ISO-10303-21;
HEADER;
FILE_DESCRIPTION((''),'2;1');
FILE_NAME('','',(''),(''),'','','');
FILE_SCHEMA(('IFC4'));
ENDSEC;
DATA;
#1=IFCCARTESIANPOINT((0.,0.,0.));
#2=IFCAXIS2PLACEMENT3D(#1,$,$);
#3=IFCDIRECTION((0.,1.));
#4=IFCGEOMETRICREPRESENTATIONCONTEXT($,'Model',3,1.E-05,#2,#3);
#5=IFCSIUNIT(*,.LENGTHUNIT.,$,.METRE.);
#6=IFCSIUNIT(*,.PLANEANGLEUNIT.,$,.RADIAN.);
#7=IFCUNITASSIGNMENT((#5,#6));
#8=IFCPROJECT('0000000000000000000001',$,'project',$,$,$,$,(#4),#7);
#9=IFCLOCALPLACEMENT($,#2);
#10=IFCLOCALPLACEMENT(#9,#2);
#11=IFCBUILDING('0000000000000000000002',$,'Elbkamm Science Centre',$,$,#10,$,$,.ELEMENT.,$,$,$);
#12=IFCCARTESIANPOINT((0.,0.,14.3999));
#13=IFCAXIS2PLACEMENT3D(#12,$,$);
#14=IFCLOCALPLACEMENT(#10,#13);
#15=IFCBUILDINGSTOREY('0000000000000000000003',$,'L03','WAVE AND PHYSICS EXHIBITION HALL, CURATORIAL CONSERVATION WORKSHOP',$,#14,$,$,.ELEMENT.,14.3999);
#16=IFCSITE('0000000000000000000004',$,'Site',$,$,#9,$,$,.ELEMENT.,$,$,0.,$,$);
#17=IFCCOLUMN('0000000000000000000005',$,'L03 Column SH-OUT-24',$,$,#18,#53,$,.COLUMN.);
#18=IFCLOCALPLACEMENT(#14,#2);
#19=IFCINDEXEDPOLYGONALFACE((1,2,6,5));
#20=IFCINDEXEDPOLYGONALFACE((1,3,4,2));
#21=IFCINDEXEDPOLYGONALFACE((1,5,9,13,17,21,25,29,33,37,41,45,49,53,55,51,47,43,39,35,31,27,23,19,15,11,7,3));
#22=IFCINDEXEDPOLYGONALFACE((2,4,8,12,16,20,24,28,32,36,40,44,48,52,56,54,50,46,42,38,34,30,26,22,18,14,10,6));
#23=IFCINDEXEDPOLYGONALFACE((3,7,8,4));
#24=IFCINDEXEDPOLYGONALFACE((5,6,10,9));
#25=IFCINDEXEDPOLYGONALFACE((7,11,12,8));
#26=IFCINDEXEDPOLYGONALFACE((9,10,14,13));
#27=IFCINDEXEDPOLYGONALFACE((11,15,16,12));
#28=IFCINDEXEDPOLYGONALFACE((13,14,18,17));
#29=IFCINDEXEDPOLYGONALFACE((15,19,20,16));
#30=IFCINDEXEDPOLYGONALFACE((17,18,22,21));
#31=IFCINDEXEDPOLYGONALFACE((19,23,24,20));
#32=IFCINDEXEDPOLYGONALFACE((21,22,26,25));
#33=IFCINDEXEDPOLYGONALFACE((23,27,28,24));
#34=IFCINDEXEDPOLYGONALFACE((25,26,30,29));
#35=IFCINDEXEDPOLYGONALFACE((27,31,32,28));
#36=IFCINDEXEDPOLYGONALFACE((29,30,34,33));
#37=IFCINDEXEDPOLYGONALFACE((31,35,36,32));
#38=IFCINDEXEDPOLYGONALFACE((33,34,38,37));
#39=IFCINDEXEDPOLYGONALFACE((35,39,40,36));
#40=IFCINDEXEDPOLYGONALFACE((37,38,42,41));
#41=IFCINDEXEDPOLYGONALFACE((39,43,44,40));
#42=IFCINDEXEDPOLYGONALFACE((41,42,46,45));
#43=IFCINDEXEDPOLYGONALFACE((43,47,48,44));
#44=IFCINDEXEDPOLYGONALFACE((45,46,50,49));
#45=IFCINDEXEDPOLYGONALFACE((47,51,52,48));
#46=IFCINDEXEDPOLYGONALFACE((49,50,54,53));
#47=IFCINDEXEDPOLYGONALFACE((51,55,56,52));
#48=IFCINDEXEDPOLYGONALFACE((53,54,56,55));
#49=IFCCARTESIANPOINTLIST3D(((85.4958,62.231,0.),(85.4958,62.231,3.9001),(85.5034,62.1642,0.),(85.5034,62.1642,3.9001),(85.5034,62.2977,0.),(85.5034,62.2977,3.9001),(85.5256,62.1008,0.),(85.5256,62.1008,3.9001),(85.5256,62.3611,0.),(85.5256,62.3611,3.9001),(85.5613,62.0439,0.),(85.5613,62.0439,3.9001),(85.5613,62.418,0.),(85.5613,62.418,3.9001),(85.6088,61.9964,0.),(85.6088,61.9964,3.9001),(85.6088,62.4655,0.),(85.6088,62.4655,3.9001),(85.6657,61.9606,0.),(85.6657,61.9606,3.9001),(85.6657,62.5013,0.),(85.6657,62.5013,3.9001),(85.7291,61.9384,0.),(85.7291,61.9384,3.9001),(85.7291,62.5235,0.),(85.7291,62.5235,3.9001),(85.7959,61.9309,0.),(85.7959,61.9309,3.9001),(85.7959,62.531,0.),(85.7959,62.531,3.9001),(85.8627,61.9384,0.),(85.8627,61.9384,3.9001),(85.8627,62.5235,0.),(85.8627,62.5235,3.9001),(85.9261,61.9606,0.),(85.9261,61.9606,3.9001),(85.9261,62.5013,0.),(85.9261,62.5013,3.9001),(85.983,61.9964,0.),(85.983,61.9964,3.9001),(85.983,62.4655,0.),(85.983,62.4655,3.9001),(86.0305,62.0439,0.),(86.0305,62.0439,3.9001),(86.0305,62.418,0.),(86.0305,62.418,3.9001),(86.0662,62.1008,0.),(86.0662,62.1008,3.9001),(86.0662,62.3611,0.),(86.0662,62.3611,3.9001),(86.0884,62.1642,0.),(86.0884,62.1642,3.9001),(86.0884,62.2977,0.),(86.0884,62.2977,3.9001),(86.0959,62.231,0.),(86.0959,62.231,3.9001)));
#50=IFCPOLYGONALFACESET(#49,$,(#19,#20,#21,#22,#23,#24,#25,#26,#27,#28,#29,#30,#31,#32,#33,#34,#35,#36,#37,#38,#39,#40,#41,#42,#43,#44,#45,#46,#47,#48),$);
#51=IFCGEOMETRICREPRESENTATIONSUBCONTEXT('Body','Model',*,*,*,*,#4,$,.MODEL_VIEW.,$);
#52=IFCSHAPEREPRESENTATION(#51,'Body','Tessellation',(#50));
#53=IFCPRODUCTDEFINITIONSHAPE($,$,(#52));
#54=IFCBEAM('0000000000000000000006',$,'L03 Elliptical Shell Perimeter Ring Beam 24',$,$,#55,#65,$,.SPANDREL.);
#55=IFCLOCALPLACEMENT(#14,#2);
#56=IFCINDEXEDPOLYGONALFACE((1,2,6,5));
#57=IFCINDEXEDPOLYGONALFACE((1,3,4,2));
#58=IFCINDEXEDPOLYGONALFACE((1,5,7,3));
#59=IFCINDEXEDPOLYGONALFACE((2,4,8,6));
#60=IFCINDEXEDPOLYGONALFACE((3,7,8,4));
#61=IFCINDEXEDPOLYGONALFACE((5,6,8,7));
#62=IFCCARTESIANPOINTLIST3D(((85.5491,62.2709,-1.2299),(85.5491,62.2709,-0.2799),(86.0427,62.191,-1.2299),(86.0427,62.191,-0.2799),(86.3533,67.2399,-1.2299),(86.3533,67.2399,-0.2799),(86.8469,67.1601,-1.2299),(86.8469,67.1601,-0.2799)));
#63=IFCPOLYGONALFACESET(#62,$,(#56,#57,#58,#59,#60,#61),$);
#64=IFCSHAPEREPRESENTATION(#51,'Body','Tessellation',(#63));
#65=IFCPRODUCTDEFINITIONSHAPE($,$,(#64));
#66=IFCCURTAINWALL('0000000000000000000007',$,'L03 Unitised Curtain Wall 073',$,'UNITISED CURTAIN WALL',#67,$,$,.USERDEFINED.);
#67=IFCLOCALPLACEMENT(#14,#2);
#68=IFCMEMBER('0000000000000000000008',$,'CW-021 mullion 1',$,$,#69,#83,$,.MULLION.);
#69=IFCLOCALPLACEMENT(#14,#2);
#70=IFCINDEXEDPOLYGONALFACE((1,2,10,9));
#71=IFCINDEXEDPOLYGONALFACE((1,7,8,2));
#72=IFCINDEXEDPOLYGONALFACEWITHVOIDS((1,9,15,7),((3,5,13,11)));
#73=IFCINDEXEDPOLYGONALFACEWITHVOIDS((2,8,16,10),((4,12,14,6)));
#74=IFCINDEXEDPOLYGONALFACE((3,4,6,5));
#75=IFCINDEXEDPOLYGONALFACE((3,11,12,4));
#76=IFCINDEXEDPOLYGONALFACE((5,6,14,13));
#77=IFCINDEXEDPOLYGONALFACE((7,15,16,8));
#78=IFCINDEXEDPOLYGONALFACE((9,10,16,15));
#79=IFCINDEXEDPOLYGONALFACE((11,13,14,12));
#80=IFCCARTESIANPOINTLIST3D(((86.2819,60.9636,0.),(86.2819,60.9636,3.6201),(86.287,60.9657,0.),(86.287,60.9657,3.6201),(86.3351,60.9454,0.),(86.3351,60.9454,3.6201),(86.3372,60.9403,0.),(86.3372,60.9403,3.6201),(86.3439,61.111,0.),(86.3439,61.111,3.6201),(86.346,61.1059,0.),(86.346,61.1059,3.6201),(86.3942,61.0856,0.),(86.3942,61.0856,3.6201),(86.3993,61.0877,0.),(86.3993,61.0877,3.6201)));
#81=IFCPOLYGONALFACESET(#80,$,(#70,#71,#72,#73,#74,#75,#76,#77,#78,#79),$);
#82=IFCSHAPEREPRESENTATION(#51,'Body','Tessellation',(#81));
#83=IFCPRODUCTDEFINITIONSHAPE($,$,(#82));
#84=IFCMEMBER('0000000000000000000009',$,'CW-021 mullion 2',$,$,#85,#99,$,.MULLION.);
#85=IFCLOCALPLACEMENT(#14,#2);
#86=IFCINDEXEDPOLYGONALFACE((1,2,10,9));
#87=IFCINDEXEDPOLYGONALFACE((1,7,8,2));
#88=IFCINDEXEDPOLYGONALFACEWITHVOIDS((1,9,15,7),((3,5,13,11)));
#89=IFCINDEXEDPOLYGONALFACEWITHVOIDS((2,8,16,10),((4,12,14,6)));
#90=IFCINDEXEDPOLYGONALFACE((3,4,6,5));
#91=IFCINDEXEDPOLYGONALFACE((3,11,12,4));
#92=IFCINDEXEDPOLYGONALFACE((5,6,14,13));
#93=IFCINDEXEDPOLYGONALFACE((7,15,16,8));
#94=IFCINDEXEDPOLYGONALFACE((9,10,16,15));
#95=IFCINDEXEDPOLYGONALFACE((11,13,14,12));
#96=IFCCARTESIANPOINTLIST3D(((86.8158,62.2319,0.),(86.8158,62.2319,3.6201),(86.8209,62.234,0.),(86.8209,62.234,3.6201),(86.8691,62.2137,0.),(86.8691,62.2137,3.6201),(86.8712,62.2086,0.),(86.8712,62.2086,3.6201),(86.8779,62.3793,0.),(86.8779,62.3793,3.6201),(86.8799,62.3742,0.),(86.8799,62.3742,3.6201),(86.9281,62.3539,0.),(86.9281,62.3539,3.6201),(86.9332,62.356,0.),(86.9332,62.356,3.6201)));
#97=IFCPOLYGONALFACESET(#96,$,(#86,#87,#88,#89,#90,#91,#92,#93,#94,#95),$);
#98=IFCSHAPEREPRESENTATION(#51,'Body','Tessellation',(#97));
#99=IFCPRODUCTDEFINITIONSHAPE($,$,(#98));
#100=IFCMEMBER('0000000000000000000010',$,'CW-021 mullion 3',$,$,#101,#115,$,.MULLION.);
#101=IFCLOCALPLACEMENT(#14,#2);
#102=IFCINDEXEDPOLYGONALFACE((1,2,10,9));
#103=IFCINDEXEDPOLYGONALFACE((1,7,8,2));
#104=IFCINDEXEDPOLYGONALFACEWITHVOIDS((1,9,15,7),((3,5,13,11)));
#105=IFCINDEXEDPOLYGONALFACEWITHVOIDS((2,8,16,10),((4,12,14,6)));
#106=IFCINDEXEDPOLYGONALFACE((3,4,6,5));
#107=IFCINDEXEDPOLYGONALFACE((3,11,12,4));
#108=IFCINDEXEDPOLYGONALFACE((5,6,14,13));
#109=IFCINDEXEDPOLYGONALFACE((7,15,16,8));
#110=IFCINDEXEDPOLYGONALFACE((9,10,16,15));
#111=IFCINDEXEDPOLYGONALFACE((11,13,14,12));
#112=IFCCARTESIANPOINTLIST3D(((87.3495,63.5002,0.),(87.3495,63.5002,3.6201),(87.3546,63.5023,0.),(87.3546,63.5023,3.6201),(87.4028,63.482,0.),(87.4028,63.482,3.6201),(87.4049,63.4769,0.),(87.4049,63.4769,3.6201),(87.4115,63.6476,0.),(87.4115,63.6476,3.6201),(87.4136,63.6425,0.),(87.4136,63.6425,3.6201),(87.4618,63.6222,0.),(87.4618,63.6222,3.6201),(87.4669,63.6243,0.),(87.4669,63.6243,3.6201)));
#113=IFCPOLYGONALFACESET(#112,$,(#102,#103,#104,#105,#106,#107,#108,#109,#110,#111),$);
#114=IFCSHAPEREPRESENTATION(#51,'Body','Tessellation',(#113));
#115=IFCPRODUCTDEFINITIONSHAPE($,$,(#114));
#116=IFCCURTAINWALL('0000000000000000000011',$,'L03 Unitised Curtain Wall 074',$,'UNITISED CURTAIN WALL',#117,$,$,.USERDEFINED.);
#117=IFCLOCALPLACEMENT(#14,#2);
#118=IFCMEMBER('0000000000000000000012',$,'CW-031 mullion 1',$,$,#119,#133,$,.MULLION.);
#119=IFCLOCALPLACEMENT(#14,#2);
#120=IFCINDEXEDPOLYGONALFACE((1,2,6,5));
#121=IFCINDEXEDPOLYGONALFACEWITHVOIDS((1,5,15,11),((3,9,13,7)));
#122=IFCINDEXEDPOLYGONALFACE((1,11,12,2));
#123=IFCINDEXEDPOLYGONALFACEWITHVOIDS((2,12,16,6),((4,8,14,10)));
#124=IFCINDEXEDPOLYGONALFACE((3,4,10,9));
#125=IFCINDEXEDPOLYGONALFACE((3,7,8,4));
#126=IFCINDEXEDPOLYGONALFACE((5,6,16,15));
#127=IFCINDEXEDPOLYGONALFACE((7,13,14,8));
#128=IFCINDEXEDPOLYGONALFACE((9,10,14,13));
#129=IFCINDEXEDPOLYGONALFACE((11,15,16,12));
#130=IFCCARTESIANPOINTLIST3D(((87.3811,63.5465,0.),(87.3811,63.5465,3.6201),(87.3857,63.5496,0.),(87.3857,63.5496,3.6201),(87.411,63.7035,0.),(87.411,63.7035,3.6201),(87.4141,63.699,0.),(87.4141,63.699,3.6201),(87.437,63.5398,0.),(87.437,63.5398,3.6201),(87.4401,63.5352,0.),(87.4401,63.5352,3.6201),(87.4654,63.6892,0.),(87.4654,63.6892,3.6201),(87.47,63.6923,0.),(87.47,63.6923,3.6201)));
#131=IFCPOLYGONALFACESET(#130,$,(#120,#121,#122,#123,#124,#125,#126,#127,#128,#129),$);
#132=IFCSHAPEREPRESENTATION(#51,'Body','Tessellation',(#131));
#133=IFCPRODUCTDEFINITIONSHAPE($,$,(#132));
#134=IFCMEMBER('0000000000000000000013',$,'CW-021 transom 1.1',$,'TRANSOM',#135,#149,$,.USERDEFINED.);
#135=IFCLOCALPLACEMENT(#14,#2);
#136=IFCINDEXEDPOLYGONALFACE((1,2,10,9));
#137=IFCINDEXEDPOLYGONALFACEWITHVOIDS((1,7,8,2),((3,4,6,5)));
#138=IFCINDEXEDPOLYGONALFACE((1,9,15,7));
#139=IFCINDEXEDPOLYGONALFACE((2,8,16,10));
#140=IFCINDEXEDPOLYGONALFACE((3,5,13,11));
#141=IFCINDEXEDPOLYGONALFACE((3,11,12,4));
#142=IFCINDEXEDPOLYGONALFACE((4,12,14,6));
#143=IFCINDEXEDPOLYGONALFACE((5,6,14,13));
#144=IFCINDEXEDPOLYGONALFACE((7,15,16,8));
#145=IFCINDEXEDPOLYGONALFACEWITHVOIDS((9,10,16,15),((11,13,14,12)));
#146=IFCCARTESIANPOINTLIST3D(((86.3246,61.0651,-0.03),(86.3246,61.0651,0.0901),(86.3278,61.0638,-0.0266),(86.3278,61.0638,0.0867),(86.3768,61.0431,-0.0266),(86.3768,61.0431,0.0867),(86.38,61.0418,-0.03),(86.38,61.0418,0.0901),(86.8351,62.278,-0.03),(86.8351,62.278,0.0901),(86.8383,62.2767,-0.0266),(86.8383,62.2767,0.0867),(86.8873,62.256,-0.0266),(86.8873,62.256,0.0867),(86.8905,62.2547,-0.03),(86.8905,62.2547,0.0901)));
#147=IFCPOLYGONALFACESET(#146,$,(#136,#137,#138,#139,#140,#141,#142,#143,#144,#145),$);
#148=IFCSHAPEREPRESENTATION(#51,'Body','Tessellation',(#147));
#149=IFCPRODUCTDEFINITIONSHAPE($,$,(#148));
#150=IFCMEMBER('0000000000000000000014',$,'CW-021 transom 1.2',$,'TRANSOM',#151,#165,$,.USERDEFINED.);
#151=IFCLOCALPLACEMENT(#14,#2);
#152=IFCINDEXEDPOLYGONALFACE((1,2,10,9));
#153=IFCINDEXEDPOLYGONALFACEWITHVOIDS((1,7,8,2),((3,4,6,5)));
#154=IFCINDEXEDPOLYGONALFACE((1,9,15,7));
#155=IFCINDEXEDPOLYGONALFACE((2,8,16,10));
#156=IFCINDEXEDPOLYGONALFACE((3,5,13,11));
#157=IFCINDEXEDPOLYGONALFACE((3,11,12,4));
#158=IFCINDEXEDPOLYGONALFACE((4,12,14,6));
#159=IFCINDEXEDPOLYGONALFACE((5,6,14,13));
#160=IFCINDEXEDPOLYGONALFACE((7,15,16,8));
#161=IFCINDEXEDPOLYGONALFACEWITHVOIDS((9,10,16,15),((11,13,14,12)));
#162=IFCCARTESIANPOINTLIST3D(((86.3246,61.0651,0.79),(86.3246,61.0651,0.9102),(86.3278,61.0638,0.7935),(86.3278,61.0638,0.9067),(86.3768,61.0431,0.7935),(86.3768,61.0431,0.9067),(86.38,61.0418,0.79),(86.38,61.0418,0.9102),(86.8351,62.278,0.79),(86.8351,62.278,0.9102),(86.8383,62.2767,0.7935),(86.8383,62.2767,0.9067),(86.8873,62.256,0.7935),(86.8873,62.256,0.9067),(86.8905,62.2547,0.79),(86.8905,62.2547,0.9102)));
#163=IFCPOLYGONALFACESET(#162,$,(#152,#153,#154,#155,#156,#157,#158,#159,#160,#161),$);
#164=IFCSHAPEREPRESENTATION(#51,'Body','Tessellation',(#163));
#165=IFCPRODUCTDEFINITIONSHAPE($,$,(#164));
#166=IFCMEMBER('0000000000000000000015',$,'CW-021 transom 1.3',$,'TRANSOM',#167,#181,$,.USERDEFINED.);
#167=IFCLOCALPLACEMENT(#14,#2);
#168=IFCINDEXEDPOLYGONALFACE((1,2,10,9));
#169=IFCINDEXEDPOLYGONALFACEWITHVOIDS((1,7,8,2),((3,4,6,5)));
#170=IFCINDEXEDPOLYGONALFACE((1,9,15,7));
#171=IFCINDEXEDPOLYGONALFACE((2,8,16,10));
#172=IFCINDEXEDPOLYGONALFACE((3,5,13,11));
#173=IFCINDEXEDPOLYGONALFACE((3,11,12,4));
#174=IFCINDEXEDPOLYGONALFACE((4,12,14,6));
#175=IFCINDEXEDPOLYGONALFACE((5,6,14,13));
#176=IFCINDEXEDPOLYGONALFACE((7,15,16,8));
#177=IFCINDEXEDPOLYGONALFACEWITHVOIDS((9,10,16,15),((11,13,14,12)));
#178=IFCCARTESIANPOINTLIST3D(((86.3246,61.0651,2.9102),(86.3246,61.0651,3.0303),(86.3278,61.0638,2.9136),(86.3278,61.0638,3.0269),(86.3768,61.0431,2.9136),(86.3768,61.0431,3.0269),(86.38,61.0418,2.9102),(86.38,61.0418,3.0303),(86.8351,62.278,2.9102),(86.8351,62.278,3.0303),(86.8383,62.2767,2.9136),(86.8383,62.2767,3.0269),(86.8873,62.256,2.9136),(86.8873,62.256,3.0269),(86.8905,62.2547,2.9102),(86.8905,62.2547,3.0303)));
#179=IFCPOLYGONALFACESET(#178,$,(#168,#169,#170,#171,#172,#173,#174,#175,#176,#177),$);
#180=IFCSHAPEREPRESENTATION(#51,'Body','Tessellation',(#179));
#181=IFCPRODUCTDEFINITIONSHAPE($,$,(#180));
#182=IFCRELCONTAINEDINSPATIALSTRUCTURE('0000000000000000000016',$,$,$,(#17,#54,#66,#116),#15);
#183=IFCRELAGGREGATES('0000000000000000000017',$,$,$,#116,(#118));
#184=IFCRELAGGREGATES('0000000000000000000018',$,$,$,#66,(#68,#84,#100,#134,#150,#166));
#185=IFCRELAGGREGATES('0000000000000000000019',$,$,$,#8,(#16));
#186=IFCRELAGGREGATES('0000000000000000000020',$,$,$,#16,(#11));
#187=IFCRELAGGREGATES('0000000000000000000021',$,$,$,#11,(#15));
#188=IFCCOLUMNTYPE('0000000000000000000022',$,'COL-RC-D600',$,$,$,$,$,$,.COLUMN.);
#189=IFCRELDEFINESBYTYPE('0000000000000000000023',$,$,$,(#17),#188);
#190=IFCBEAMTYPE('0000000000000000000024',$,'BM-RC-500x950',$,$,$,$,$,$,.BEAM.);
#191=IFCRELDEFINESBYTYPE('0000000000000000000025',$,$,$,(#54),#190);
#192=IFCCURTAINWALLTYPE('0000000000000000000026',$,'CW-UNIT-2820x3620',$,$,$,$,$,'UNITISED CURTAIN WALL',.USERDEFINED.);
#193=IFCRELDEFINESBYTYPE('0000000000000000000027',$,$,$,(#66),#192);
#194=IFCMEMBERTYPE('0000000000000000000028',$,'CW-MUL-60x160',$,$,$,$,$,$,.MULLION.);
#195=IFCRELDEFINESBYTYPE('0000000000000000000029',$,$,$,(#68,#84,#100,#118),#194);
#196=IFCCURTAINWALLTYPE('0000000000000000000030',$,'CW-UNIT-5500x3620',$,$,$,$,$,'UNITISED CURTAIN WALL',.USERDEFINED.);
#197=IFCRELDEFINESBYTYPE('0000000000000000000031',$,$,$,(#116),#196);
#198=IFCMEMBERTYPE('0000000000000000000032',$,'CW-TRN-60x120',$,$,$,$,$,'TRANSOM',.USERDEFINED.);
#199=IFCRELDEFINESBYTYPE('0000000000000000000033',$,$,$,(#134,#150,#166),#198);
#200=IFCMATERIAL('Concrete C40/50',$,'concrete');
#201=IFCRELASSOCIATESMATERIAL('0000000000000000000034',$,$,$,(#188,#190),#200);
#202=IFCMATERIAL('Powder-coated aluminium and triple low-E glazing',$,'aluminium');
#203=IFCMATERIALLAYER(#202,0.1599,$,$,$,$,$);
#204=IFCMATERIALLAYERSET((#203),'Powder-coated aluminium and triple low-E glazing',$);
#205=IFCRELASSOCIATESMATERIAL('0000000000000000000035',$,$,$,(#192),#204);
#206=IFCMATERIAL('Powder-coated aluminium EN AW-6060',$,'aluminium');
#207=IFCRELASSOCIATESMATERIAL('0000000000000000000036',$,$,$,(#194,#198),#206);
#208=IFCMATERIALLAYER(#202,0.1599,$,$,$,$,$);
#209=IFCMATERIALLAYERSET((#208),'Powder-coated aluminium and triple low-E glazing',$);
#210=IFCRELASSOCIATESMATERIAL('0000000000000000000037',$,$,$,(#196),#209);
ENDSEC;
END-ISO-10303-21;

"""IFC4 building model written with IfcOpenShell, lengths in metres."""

from ifc_helpers import new_model, si_unit, direction, frame, origin, origin_2d, place, context, subcontext, project, spatial, rectangle, hollow_rectangle, circle, extrude, material, layer, layer_set, material_profile, profile_set, type_object, element, aggregate, save


model = new_model("IFC4")

# Units and contexts
model_context = context("Model", 3, precision=1e-05, world=origin(), true_north=direction((0.0, 1.0)))
body_context = subcontext(model_context, "Body", "Model", "MODEL_VIEW")
ifc_project = project(units=[si_unit("LENGTHUNIT", "METRE"), si_unit("PLANEANGLEUNIT", "RADIAN")], contexts=[model_context])

# Site, building, storey
site_placement = place(None, origin())
site = spatial("IfcSite", under=ifc_project, at=site_placement, Name="Site", CompositionType="ELEMENT", RefElevation=0.0)
building_placement = place(site_placement, origin())
building = spatial("IfcBuilding", under=site, at=building_placement, Name="Elbkamm Science Centre", CompositionType="ELEMENT")
storey_placement = place(building_placement, frame((0.0, 0.0, 14.3999)))
storey = spatial("IfcBuildingStorey", under=building, at=storey_placement, Name="L03", Description="WAVE AND PHYSICS EXHIBITION HALL, CURATORIAL CONSERVATION WORKSHOP", CompositionType="ELEMENT", Elevation=14.3999)

# Column
ifc_material_1 = material(Name="Concrete C40/50", Category="concrete")
ifc_material_profile_1 = material_profile(ifc_material_1, circle(Radius=0.3, at=origin_2d()), Name="RC D600")
ifc_profile_set_1 = profile_set([ifc_material_profile_1], Name="Concrete C40/50")
column_type = type_object("IfcColumnType", Name="COL-RC-D600", PredefinedType="COLUMN", material=ifc_profile_set_1)
column_placement = place(storey_placement, frame((85.7959, 62.231, 0.0), z_axis=(0.0, 0.0, 1.0), x_axis=(1.0, 0.0, 0.0)))
element("IfcColumn", 1, at=column_placement, inside=storey, type_object=column_type, Name="L03 Column SH-OUT-24", PredefinedType="COLUMN", context=body_context, shape_type="SweptSolid", body=[
    extrude(circle(Radius=0.3, at=origin_2d()), origin(), (0.0, 0.0, 1.0), 3.9001),
])

# Beam
ifc_material_profile_2 = material_profile(ifc_material_1, rectangle(XDim=0.5, YDim=0.95, at=origin_2d()), Name="RC 500x950")
ifc_profile_set_2 = profile_set([ifc_material_profile_2], Name="Concrete C40/50")
beam_type = type_object("IfcBeamType", Name="BM-RC-500x950", PredefinedType="BEAM", material=ifc_profile_set_2)
beam_placement = place(storey_placement, frame((85.7959, 62.231, -0.7549), z_axis=(0.159765, 0.987155, 0.0), x_axis=(-0.987155, 0.159765, 0.0)))
element("IfcBeam", 2, at=beam_placement, inside=storey, type_object=beam_type, Name="L03 Elliptical Shell Perimeter Ring Beam 24", PredefinedType="SPANDREL", context=body_context, shape_type="SweptSolid", body=[
    extrude(rectangle(XDim=0.5, YDim=0.95, at=origin_2d()), origin(), (0.0, 0.0, 1.0), 5.0337),
])

# Curtain wall, members
ifc_material_2 = material(Name="Powder-coated aluminium and triple low-E glazing", Category="aluminium")
ifc_layer_1 = layer(ifc_material_2, 0.1599)
ifc_layer_set_1 = layer_set([ifc_layer_1], Name="Powder-coated aluminium and triple low-E glazing")
curtain_wall_type_1 = type_object("IfcCurtainWallType", Name="CW-UNIT-2820x3620", ElementType="UNITISED CURTAIN WALL", PredefinedType="USERDEFINED", material=ifc_layer_set_1)
curtain_wall_1_placement = place(storey_placement, origin())
curtain_wall_1 = element("IfcCurtainWall", 3, at=curtain_wall_1_placement, inside=storey, type_object=curtain_wall_type_1, Name="L03 Unitised Curtain Wall 073", ObjectType="UNITISED CURTAIN WALL", PredefinedType="USERDEFINED")
ifc_material_3 = material(Name="Powder-coated aluminium EN AW-6060", Category="aluminium")
ifc_material_profile_3 = material_profile(ifc_material_3, hollow_rectangle(XDim=0.0601, YDim=0.1599, WallThickness=0.0039, at=origin_2d()), Name="ALU M60x160")
ifc_profile_set_3 = profile_set([ifc_material_profile_3], Name="Powder-coated aluminium EN AW-6060")
member_type_1 = type_object("IfcMemberType", Name="CW-MUL-60x160", PredefinedType="MULLION", material=ifc_profile_set_3)
member_1_placement = place(storey_placement, frame((86.3406, 61.0256, 0.0), z_axis=(0.0, 0.0, 1.0), x_axis=(-0.921677, 0.387958, 0.0)))
member_1 = element("IfcMember", 4, at=member_1_placement, type_object=member_type_1, Name="CW-021 mullion 1", PredefinedType="MULLION", context=body_context, shape_type="SweptSolid", body=[
    extrude(hollow_rectangle(XDim=0.0601, YDim=0.1599, WallThickness=0.0039, at=origin_2d()), origin(), (0.0, 0.0, 1.0), 3.6201),
])
member_2_placement = place(storey_placement, frame((86.8745, 62.2939, 0.0), z_axis=(0.0, 0.0, 1.0), x_axis=(-0.921677, 0.387958, 0.0)))
member_2 = element("IfcMember", 5, at=member_2_placement, type_object=member_type_1, Name="CW-021 mullion 2", PredefinedType="MULLION", context=body_context, shape_type="SweptSolid", body=[
    extrude(hollow_rectangle(XDim=0.0601, YDim=0.1599, WallThickness=0.0039, at=origin_2d()), origin(), (0.0, 0.0, 1.0), 3.6201),
])
member_3_placement = place(storey_placement, frame((87.4082, 63.5623, 0.0), z_axis=(0.0, 0.0, 1.0), x_axis=(-0.921677, 0.387958, 0.0)))
member_3 = element("IfcMember", 6, at=member_3_placement, type_object=member_type_1, Name="CW-021 mullion 3", PredefinedType="MULLION", context=body_context, shape_type="SweptSolid", body=[
    extrude(hollow_rectangle(XDim=0.0601, YDim=0.1599, WallThickness=0.0039, at=origin_2d()), origin(), (0.0, 0.0, 1.0), 3.6201),
])

# Curtain wall, member
ifc_layer_2 = layer(ifc_material_2, 0.1599)
ifc_layer_set_2 = layer_set([ifc_layer_2], Name="Powder-coated aluminium and triple low-E glazing")
curtain_wall_type_2 = type_object("IfcCurtainWallType", Name="CW-UNIT-5500x3620", ElementType="UNITISED CURTAIN WALL", PredefinedType="USERDEFINED", material=ifc_layer_set_2)
curtain_wall_2_placement = place(storey_placement, origin())
curtain_wall_2 = element("IfcCurtainWall", 7, at=curtain_wall_2_placement, inside=storey, type_object=curtain_wall_type_2, Name="L03 Unitised Curtain Wall 074", ObjectType="UNITISED CURTAIN WALL", PredefinedType="USERDEFINED")
member_4_placement = place(storey_placement, frame((87.4255, 63.6194, 0.0), z_axis=(0.0, 0.0, 1.0), x_axis=(-0.982351, 0.187046, 0.0)))
member_4 = element("IfcMember", 8, at=member_4_placement, type_object=member_type_1, Name="CW-031 mullion 1", PredefinedType="MULLION", context=body_context, shape_type="SweptSolid", body=[
    extrude(hollow_rectangle(XDim=0.0601, YDim=0.1599, WallThickness=0.0039, at=origin_2d()), origin(), (0.0, 0.0, 1.0), 3.6201),
])

# Members
ifc_material_profile_4 = material_profile(ifc_material_3, hollow_rectangle(XDim=0.0601, YDim=0.1201, WallThickness=0.0034, at=origin_2d()), Name="ALU T60x120")
ifc_profile_set_4 = profile_set([ifc_material_profile_4], Name="Powder-coated aluminium EN AW-6060")
member_type_2 = type_object("IfcMemberType", Name="CW-TRN-60x120", ElementType="TRANSOM", PredefinedType="USERDEFINED", material=ifc_profile_set_4)
member_5_placement = place(storey_placement, frame((86.3523, 61.0535, 0.03), z_axis=(0.387933, 0.921688, 0.0), x_axis=(-0.921688, 0.387933, 0.0)))
member_5 = element("IfcMember", 9, at=member_5_placement, type_object=member_type_2, Name="CW-021 transom 1.1", ObjectType="TRANSOM", PredefinedType="USERDEFINED", context=body_context, shape_type="SweptSolid", body=[
    extrude(hollow_rectangle(XDim=0.0601, YDim=0.1201, WallThickness=0.0034, at=origin_2d()), origin(), (0.0, 0.0, 1.0), 1.3159),
])
member_6_placement = place(storey_placement, frame((86.3523, 61.0535, 0.8501), z_axis=(0.387933, 0.921688, 0.0), x_axis=(-0.921688, 0.387933, 0.0)))
member_6 = element("IfcMember", 10, at=member_6_placement, type_object=member_type_2, Name="CW-021 transom 1.2", ObjectType="TRANSOM", PredefinedType="USERDEFINED", context=body_context, shape_type="SweptSolid", body=[
    extrude(hollow_rectangle(XDim=0.0601, YDim=0.1201, WallThickness=0.0034, at=origin_2d()), origin(), (0.0, 0.0, 1.0), 1.3159),
])
member_7_placement = place(storey_placement, frame((86.3523, 61.0535, 2.9702), z_axis=(0.387933, 0.921688, 0.0), x_axis=(-0.921688, 0.387933, 0.0)))
member_7 = element("IfcMember", 11, at=member_7_placement, type_object=member_type_2, Name="CW-021 transom 1.3", ObjectType="TRANSOM", PredefinedType="USERDEFINED", context=body_context, shape_type="SweptSolid", body=[
    extrude(hollow_rectangle(XDim=0.0601, YDim=0.1201, WallThickness=0.0034, at=origin_2d()), origin(), (0.0, 0.0, 1.0), 1.3159),
])
aggregate(curtain_wall_2, [member_4])

aggregate(curtain_wall_1, [member_1, member_2, member_3, member_5, member_6, member_7])

save(model, "model.ifc")
